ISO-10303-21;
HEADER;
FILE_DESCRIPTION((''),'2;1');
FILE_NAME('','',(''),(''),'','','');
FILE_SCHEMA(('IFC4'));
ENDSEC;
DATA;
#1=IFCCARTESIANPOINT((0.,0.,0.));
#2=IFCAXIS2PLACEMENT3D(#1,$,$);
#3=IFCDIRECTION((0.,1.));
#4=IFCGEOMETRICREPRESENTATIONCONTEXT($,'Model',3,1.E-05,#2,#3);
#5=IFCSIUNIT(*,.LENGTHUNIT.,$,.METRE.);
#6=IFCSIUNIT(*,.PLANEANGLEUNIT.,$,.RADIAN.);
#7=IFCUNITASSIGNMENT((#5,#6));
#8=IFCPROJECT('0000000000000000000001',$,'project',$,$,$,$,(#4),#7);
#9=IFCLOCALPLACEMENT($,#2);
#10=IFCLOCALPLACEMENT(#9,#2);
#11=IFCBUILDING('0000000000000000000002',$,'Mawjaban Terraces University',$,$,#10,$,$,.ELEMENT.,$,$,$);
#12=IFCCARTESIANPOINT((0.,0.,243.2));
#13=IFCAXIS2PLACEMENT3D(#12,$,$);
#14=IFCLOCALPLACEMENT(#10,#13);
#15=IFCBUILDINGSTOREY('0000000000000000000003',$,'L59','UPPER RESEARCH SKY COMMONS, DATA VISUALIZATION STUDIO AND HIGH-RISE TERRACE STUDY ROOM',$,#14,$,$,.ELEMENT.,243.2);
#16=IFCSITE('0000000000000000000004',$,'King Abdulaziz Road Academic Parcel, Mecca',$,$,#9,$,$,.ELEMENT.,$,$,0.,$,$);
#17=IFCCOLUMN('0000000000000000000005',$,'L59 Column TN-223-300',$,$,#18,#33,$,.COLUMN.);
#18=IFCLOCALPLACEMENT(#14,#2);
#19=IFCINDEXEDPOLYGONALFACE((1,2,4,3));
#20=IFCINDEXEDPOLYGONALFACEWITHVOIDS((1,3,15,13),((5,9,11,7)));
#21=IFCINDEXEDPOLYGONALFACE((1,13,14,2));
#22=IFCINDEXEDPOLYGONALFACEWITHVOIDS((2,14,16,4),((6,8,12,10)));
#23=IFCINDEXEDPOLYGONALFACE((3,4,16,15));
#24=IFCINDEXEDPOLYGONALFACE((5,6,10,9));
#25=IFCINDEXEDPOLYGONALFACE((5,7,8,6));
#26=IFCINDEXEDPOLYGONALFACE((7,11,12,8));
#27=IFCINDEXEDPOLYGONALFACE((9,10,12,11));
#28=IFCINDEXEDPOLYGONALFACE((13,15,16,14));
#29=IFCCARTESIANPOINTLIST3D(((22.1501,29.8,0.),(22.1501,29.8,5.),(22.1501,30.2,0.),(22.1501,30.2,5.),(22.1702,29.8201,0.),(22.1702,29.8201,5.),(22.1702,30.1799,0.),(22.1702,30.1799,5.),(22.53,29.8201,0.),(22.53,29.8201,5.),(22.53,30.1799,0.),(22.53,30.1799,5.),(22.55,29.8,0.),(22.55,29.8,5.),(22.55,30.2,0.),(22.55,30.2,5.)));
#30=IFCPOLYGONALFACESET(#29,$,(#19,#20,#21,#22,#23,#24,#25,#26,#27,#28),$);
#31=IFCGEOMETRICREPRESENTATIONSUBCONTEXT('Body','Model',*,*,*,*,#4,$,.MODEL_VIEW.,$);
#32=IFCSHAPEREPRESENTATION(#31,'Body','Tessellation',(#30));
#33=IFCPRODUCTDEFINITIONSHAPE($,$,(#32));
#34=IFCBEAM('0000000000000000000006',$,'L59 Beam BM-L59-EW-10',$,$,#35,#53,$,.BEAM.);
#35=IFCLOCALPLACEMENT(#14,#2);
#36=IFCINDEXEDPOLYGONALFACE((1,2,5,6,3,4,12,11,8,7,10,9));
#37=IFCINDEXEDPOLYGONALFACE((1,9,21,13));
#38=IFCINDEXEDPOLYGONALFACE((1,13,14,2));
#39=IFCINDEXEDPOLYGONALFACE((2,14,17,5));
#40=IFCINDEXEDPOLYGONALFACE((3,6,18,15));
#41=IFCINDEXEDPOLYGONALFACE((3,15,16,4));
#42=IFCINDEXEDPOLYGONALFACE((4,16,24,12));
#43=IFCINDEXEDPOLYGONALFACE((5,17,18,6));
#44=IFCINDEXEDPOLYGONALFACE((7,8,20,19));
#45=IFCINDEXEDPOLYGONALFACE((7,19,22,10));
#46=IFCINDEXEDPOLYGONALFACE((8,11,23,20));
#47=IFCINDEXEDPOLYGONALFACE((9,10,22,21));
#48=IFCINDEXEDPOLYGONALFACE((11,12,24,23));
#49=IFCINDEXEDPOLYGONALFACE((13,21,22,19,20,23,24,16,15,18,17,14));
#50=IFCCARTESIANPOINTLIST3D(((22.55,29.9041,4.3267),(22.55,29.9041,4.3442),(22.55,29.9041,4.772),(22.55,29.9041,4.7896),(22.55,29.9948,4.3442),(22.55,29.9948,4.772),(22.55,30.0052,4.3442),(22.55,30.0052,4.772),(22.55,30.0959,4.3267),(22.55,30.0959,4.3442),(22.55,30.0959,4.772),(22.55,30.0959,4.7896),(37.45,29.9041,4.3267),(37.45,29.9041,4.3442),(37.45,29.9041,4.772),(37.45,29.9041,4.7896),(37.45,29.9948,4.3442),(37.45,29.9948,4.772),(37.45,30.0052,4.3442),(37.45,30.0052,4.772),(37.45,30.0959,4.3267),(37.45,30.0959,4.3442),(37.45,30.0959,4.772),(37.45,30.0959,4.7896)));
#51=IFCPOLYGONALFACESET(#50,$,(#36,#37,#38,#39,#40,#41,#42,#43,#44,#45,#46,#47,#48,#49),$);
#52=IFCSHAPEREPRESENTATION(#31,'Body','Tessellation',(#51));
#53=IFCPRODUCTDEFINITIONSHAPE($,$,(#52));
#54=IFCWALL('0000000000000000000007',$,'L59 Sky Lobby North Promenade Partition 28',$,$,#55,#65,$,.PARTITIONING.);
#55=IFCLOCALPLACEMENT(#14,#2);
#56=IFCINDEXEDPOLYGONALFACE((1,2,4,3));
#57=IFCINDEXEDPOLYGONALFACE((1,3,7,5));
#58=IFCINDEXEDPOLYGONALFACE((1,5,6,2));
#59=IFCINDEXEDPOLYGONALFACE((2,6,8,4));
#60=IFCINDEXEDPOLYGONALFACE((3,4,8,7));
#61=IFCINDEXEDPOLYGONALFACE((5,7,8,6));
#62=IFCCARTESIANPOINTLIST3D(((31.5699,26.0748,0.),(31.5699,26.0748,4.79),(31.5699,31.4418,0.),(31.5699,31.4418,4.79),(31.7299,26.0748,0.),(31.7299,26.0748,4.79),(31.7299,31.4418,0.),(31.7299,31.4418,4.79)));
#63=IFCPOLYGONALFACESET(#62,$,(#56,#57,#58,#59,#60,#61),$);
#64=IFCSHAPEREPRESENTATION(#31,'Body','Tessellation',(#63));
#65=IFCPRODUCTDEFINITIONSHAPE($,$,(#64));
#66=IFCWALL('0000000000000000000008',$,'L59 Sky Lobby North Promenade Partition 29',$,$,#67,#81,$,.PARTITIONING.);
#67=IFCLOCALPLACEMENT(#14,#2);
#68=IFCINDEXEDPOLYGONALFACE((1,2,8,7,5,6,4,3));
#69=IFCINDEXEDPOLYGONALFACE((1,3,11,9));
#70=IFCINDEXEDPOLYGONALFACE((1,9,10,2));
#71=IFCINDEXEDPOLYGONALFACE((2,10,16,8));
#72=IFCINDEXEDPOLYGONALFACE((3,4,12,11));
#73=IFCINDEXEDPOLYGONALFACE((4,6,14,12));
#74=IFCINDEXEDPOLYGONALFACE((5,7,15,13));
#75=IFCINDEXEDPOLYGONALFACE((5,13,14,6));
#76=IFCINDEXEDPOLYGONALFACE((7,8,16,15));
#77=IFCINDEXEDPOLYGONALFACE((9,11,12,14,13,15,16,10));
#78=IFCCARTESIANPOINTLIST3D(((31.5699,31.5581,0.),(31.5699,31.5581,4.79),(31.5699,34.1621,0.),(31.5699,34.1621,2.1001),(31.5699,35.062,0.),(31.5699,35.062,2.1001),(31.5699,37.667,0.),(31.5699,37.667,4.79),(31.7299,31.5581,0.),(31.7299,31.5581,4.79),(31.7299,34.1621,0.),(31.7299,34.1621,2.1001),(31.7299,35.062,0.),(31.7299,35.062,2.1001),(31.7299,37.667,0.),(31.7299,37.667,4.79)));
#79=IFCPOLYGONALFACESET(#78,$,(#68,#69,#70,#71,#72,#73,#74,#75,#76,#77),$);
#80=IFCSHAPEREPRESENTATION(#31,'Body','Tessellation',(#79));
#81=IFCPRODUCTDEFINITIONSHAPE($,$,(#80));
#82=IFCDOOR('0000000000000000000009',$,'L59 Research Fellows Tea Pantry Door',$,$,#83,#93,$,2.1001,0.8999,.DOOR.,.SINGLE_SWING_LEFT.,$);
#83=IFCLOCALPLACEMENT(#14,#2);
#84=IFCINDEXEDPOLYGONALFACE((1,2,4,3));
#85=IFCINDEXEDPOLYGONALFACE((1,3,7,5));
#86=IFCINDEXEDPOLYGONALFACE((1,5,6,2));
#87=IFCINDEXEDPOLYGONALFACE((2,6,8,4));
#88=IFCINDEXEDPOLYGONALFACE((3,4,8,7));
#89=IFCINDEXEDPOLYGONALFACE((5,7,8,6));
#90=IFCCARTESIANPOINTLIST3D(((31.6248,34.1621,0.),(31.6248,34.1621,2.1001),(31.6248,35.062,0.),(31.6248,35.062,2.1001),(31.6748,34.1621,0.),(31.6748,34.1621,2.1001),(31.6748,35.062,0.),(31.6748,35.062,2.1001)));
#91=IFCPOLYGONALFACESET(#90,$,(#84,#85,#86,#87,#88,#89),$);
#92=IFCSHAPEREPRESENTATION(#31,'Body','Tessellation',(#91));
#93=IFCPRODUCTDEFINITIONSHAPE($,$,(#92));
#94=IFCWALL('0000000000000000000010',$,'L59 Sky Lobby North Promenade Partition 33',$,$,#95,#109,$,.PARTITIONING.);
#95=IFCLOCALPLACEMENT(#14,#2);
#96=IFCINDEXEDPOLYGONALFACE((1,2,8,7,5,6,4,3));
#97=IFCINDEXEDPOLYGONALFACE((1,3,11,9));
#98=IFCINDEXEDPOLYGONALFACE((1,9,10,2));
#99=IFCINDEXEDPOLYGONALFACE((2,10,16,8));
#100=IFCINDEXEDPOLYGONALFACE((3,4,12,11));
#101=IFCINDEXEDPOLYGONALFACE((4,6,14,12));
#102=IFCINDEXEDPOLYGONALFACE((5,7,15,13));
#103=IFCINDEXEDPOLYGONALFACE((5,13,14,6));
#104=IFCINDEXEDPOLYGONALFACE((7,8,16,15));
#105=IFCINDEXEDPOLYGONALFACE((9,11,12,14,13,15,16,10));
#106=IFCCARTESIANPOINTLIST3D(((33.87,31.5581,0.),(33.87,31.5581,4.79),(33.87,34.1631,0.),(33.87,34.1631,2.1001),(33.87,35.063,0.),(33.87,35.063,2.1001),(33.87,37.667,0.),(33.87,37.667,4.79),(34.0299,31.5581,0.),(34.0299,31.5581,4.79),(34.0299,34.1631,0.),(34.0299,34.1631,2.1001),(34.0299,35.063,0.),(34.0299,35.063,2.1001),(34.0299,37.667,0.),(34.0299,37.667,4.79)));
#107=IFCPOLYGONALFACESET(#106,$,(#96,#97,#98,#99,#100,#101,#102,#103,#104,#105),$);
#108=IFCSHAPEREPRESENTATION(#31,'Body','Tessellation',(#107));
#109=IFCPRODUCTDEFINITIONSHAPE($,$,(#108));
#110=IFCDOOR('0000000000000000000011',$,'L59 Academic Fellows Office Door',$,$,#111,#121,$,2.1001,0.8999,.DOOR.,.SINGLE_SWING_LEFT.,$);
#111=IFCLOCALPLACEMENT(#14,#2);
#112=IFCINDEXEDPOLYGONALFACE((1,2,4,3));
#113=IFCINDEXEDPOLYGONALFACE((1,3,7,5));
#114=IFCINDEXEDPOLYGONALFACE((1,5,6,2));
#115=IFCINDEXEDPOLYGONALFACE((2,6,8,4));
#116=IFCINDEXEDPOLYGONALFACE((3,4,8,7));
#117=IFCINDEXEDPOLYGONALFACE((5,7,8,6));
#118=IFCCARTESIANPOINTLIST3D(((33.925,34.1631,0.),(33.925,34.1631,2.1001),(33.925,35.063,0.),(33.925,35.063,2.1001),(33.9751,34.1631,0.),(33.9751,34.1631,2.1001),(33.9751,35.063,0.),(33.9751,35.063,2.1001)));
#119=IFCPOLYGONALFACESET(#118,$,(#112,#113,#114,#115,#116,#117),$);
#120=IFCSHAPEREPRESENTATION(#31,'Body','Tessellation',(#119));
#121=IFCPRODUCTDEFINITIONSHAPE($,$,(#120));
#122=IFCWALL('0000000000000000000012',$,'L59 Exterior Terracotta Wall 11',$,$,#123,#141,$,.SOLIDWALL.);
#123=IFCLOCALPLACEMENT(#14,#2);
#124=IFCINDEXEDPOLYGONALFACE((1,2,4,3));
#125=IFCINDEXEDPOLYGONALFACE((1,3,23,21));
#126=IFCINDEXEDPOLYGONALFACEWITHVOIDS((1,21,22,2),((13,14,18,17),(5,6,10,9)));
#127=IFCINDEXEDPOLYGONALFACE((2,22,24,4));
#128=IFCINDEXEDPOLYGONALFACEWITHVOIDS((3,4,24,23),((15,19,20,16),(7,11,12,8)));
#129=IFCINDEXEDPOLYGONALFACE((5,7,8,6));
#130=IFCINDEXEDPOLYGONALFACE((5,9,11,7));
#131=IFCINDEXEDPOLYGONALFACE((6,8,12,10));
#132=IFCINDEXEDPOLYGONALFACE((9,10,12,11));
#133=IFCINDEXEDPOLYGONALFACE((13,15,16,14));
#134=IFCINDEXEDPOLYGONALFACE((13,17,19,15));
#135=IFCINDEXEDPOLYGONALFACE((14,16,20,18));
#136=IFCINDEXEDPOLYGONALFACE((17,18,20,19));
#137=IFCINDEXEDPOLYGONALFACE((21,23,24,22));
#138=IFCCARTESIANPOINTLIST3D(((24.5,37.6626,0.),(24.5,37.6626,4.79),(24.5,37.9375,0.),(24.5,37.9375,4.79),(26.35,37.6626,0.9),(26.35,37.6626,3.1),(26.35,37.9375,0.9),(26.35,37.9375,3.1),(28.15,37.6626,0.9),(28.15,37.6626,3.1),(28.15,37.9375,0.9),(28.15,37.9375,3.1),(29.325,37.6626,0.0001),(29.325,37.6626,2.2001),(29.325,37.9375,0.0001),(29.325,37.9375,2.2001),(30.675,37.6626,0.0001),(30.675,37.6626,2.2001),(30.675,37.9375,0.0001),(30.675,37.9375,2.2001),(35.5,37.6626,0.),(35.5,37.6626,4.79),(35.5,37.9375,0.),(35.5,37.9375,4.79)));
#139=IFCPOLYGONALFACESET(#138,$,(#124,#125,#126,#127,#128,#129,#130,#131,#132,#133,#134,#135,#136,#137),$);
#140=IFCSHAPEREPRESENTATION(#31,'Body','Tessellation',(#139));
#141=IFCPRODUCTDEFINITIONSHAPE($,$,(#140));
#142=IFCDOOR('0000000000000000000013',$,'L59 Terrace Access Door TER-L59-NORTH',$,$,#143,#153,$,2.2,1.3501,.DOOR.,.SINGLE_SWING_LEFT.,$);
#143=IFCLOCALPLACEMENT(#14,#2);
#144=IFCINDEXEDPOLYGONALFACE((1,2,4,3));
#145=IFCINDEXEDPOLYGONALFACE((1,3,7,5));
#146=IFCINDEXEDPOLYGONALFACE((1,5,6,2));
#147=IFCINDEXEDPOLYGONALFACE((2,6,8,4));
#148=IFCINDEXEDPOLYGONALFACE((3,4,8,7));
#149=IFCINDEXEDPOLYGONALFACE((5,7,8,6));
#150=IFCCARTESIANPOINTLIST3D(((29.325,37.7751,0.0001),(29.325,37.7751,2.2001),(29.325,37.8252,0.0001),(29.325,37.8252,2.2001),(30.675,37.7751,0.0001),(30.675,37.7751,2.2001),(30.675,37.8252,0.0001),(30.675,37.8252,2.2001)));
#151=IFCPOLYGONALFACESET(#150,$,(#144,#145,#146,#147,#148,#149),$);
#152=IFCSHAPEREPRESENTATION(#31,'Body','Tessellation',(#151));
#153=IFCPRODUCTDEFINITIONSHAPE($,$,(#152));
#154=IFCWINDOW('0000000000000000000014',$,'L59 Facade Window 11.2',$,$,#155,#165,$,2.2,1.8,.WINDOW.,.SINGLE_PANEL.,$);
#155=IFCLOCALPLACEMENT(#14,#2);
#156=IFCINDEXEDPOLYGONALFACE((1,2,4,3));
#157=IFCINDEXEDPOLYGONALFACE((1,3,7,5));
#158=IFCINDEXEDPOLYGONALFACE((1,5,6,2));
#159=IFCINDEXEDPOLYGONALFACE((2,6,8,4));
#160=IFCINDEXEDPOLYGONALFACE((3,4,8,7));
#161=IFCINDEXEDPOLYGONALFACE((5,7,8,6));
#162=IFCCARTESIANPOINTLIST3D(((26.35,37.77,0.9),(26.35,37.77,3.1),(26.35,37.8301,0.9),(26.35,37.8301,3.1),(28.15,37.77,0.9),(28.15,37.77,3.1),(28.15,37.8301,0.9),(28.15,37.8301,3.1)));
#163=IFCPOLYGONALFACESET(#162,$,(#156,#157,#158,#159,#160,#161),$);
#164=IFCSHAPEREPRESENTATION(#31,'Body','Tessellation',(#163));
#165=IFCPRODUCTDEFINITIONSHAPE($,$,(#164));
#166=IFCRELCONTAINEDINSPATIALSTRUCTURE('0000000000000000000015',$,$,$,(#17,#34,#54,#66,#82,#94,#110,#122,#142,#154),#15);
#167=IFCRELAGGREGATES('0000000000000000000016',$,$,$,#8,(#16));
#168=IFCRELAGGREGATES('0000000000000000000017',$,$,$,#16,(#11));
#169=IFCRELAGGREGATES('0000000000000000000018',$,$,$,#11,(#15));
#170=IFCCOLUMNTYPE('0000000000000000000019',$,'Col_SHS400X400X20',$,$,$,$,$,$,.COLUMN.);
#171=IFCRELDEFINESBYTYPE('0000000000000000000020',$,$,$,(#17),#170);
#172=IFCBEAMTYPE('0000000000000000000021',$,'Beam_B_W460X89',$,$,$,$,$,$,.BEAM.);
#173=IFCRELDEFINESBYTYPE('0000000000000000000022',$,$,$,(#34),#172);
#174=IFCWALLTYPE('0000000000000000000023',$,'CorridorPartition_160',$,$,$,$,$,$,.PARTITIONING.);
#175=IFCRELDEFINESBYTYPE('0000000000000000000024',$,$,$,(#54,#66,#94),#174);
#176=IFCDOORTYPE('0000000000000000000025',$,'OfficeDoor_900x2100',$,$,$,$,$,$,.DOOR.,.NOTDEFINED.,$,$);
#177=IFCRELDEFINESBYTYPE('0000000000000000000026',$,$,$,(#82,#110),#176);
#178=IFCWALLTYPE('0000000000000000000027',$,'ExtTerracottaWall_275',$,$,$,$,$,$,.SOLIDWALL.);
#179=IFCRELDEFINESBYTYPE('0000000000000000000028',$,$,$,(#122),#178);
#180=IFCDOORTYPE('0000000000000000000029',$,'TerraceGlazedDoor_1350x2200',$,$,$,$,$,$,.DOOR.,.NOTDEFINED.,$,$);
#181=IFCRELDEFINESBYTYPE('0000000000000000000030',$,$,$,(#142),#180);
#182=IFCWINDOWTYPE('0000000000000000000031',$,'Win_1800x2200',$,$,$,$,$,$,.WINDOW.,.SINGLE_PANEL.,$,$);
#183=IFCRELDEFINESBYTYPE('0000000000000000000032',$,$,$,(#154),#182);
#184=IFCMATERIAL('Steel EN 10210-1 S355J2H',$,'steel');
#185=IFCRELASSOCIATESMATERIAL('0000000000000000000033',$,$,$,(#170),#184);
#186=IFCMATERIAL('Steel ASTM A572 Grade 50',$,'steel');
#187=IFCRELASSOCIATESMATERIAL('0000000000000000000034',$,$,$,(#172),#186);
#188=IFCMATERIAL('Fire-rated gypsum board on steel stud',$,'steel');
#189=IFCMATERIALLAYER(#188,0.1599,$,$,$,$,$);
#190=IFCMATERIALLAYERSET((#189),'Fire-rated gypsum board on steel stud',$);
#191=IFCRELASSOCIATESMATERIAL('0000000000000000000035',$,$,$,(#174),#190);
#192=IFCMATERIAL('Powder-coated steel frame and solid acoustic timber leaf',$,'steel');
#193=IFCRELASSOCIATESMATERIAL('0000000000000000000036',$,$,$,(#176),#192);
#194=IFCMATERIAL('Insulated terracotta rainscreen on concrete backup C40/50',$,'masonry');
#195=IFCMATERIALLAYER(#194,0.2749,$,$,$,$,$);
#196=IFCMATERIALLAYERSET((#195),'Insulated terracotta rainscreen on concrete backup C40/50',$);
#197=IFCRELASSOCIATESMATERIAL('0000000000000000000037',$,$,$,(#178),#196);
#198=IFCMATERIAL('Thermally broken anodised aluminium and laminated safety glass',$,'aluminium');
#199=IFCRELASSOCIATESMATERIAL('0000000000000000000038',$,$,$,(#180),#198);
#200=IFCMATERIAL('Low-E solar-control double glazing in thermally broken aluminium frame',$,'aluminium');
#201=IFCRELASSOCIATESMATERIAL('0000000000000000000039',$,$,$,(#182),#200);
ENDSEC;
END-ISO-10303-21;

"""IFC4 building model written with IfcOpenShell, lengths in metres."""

from ifc_helpers import new_model, si_unit, direction, frame, frame_2d, origin, origin_2d, place, context, subcontext, project, spatial, rectangle, hollow_rectangle, i_section, extrude, material, layer, layer_set, material_profile, profile_set, type_object, element, fill, save


model = new_model("IFC4")

# Units and contexts
model_context = context("Model", 3, precision=1e-05, world=origin(), true_north=direction((0.0, 1.0)))
body_context = subcontext(model_context, "Body", "Model", "MODEL_VIEW")
ifc_project = project(units=[si_unit("LENGTHUNIT", "METRE"), si_unit("PLANEANGLEUNIT", "RADIAN")], contexts=[model_context])

# Site, building, storey
site_placement = place(None, origin())
site = spatial("IfcSite", under=ifc_project, at=site_placement, Name="King Abdulaziz Road Academic Parcel, Mecca", CompositionType="ELEMENT", RefElevation=0.0)
building_placement = place(site_placement, origin())
building = spatial("IfcBuilding", under=site, at=building_placement, Name="Mawjaban Terraces University", CompositionType="ELEMENT")
storey_placement = place(building_placement, frame((0.0, 0.0, 243.2)))
storey = spatial("IfcBuildingStorey", under=building, at=storey_placement, Name="L59", Description="UPPER RESEARCH SKY COMMONS, DATA VISUALIZATION STUDIO AND HIGH-RISE TERRACE STUDY ROOM", CompositionType="ELEMENT", Elevation=243.2)

# Column
ifc_material_1 = material(Name="Steel EN 10210-1 S355J2H", Category="steel")
ifc_material_profile_1 = material_profile(ifc_material_1, hollow_rectangle(XDim=0.3999, YDim=0.3999, WallThickness=0.02, at=origin_2d()), Name="SHS400X400X20")
ifc_profile_set_1 = profile_set([ifc_material_profile_1], Name="Steel EN 10210-1 S355J2H")
column_type = type_object("IfcColumnType", Name="Col_SHS400X400X20", PredefinedType="COLUMN", material=ifc_profile_set_1)
column_placement = place(storey_placement, frame((22.3501, 30.0, 0.0), z_axis=(0.0, 0.0, 1.0), x_axis=(1.0, 0.0, 0.0)))
element("IfcColumn", 1, at=column_placement, inside=storey, type_object=column_type, Name="L59 Column TN-223-300", PredefinedType="COLUMN", context=body_context, shape_type="SweptSolid", body=[
    extrude(hollow_rectangle(XDim=0.3999, YDim=0.3999, WallThickness=0.02, at=origin_2d()), origin(), (0.0, 0.0, 1.0), 5.0),
])

# Beam
ifc_material_2 = material(Name="Steel ASTM A572 Grade 50", Category="steel")
ifc_material_profile_2 = material_profile(ifc_material_2, i_section(OverallWidth=0.1919, OverallDepth=0.4629, WebThickness=0.0105, FlangeThickness=0.0176, at=origin_2d()), Name="W460X89")
ifc_profile_set_2 = profile_set([ifc_material_profile_2], Name="Steel ASTM A572 Grade 50")
beam_type = type_object("IfcBeamType", Name="Beam_B_W460X89", PredefinedType="BEAM", material=ifc_profile_set_2)
beam_placement = place(storey_placement, frame((22.55, 30.0, 4.5581), z_axis=(1.0, 0.0, 0.0), x_axis=(0.0, 1.0, 0.0)))
element("IfcBeam", 2, at=beam_placement, inside=storey, type_object=beam_type, Name="L59 Beam BM-L59-EW-10", PredefinedType="BEAM", context=body_context, shape_type="SweptSolid", body=[
    extrude(i_section(OverallWidth=0.1919, OverallDepth=0.4629, WebThickness=0.0105, FlangeThickness=0.0176, at=origin_2d()), origin(), (0.0, 0.0, 1.0), 14.8999),
])

# Wall
ifc_material_3 = material(Name="Fire-rated gypsum board on steel stud", Category="steel")
ifc_layer_1 = layer(ifc_material_3, 0.1599)
ifc_layer_set_1 = layer_set([ifc_layer_1], Name="Fire-rated gypsum board on steel stud")
wall_type_1 = type_object("IfcWallType", Name="CorridorPartition_160", PredefinedType="PARTITIONING", material=ifc_layer_set_1)
wall_1_placement = place(storey_placement, frame((31.6499, 31.4419, 0.0), z_axis=(0.0, 0.0, 1.0), x_axis=(0.0, -1.0, 0.0)))
element("IfcWall", 3, at=wall_1_placement, inside=storey, type_object=wall_type_1, Name="L59 Sky Lobby North Promenade Partition 28", PredefinedType="PARTITIONING", context=body_context, shape_type="SweptSolid", body=[
    extrude(rectangle(XDim=5.3669, YDim=0.1599, at=frame_2d((2.6836, 0.0))), origin(), (0.0, 0.0, 1.0), 4.79),
])

# Walls, openings, doors
wall_2_placement = place(storey_placement, frame((31.6499, 37.667, 0.0), z_axis=(0.0, 0.0, 1.0), x_axis=(0.0, -1.0, 0.0)))
wall_2 = element("IfcWall", 4, at=wall_2_placement, inside=storey, type_object=wall_type_1, Name="L59 Sky Lobby North Promenade Partition 29", PredefinedType="PARTITIONING", context=body_context, shape_type="SweptSolid", body=[
    extrude(rectangle(XDim=6.1089, YDim=0.1599, at=frame_2d((3.0544, 0.0))), origin(), (0.0, 0.0, 1.0), 4.79),
])
opening_1_placement = place(wall_2_placement, frame((2.605, 0.0, 0.0)))
opening_1 = element("IfcOpeningElement", 5, at=opening_1_placement, cuts=wall_2, PredefinedType="OPENING", context=body_context, shape_type="SweptSolid", body=[
    extrude(rectangle(XDim=0.8999, YDim=2.1001, at=frame_2d((0.45, 1.05))), frame((0.0, 0.0898, 0.0), z_axis=(0.0, -1.0, 0.0), x_axis=(1.0, 0.0, 0.0)), (0.0, 0.0, 1.0), 0.1799),
])
ifc_material_4 = material(Name="Powder-coated steel frame and solid acoustic timber leaf", Category="steel")
door_type_1 = type_object("IfcDoorType", Name="OfficeDoor_900x2100", OperationType="NOTDEFINED", PredefinedType="DOOR", material=ifc_material_4)
door_1_placement = place(opening_1_placement, origin())
door_1 = element("IfcDoor", 6, at=door_1_placement, inside=storey, type_object=door_type_1, Name="L59 Research Fellows Tea Pantry Door", OperationType="SINGLE_SWING_LEFT", OverallHeight=2.1001, OverallWidth=0.8999, PredefinedType="DOOR", context=body_context, shape_type="SweptSolid", body=[
    extrude(rectangle(XDim=0.8999, YDim=2.1001, at=frame_2d((0.45, 1.05))), frame((0.0, 0.0249, 0.0), z_axis=(0.0, -1.0, 0.0), x_axis=(1.0, 0.0, 0.0)), (0.0, 0.0, 1.0), 0.05),
])
fill(opening_1, door_1)
wall_3_placement = place(storey_placement, frame((33.95, 31.5581, 0.0), z_axis=(0.0, 0.0, 1.0), x_axis=(0.0, 1.0, 0.0)))
wall_3 = element("IfcWall", 7, at=wall_3_placement, inside=storey, type_object=wall_type_1, Name="L59 Sky Lobby North Promenade Partition 33", PredefinedType="PARTITIONING", context=body_context, shape_type="SweptSolid", body=[
    extrude(rectangle(XDim=6.1089, YDim=0.1599, at=frame_2d((3.0544, 0.0))), origin(), (0.0, 0.0, 1.0), 4.79),
])
opening_2_placement = place(wall_3_placement, frame((2.605, 0.0, 0.0)))
opening_2 = element("IfcOpeningElement", 8, at=opening_2_placement, cuts=wall_3, PredefinedType="OPENING", context=body_context, shape_type="SweptSolid", body=[
    extrude(rectangle(XDim=0.8999, YDim=2.1001, at=frame_2d((0.45, 1.05))), frame((0.0, 0.0898, 0.0), z_axis=(0.0, -1.0, 0.0), x_axis=(1.0, 0.0, 0.0)), (0.0, 0.0, 1.0), 0.1799),
])
door_2_placement = place(opening_2_placement, origin())
door_2 = element("IfcDoor", 9, at=door_2_placement, inside=storey, type_object=door_type_1, Name="L59 Academic Fellows Office Door", OperationType="SINGLE_SWING_LEFT", OverallHeight=2.1001, OverallWidth=0.8999, PredefinedType="DOOR", context=body_context, shape_type="SweptSolid", body=[
    extrude(rectangle(XDim=0.8999, YDim=2.1001, at=frame_2d((0.45, 1.05))), frame((0.0, 0.0249, 0.0), z_axis=(0.0, -1.0, 0.0), x_axis=(1.0, 0.0, 0.0)), (0.0, 0.0, 1.0), 0.05),
])
fill(opening_2, door_2)

# Wall, openings, door, window
ifc_material_5 = material(Name="Insulated terracotta rainscreen on concrete backup C40/50", Category="masonry")
ifc_layer_2 = layer(ifc_material_5, 0.2749)
ifc_layer_set_2 = layer_set([ifc_layer_2], Name="Insulated terracotta rainscreen on concrete backup C40/50")
wall_type_2 = type_object("IfcWallType", Name="ExtTerracottaWall_275", PredefinedType="SOLIDWALL", material=ifc_layer_set_2)
wall_4_placement = place(storey_placement, frame((35.5, 37.8, 0.0), z_axis=(0.0, 0.0, 1.0), x_axis=(-1.0, 0.0, 0.0)))
wall_4 = element("IfcWall", 10, at=wall_4_placement, inside=storey, type_object=wall_type_2, Name="L59 Exterior Terracotta Wall 11", PredefinedType="SOLIDWALL", context=body_context, shape_type="SweptSolid", body=[
    extrude(rectangle(XDim=11.0, YDim=0.2749, at=frame_2d((5.5, 0.0))), origin(), (0.0, 0.0, 1.0), 4.79),
])
opening_3_placement = place(wall_4_placement, frame((4.825, 0.0, 0.0)))
opening_3 = element("IfcOpeningElement", 11, at=opening_3_placement, cuts=wall_4, PredefinedType="OPENING", context=body_context, shape_type="SweptSolid", body=[
    extrude(rectangle(XDim=1.3501, YDim=2.2, at=frame_2d((0.675, 1.1001))), frame((0.0, 0.1475, 0.0), z_axis=(0.0, -1.0, 0.0), x_axis=(1.0, 0.0, 0.0)), (0.0, 0.0, 1.0), 0.2949),
])
opening_4_placement = place(wall_4_placement, frame((7.3501, 0.0, 0.8999)))
opening_4 = element("IfcOpeningElement", 12, at=opening_4_placement, cuts=wall_4, PredefinedType="OPENING", context=body_context, shape_type="SweptSolid", body=[
    extrude(rectangle(XDim=1.8, YDim=2.2, at=frame_2d((0.8999, 1.1001))), frame((0.0, 0.1475, 0.0), z_axis=(0.0, -1.0, 0.0), x_axis=(1.0, 0.0, 0.0)), (0.0, 0.0, 1.0), 0.2949),
])
ifc_material_6 = material(Name="Thermally broken anodised aluminium and laminated safety glass", Category="aluminium")
door_type_2 = type_object("IfcDoorType", Name="TerraceGlazedDoor_1350x2200", OperationType="NOTDEFINED", PredefinedType="DOOR", material=ifc_material_6)
door_3_placement = place(opening_3_placement, origin())
door_3 = element("IfcDoor", 13, at=door_3_placement, inside=storey, type_object=door_type_2, Name="L59 Terrace Access Door TER-L59-NORTH", OperationType="SINGLE_SWING_LEFT", OverallHeight=2.2, OverallWidth=1.3501, PredefinedType="DOOR", context=body_context, shape_type="SweptSolid", body=[
    extrude(rectangle(XDim=1.3501, YDim=2.2, at=frame_2d((0.675, 1.1001))), frame((0.0, 0.0249, 0.0), z_axis=(0.0, -1.0, 0.0), x_axis=(1.0, 0.0, 0.0)), (0.0, 0.0, 1.0), 0.05),
])
fill(opening_3, door_3)
ifc_material_7 = material(Name="Low-E solar-control double glazing in thermally broken aluminium frame", Category="aluminium")
window_type_1 = type_object("IfcWindowType", Name="Win_1800x2200", PartitioningType="SINGLE_PANEL", PredefinedType="WINDOW", material=ifc_material_7)
window_1_placement = place(opening_4_placement, origin())
window_1 = element("IfcWindow", 14, at=window_1_placement, inside=storey, type_object=window_type_1, Name="L59 Facade Window 11.2", OverallHeight=2.2, OverallWidth=1.8, PartitioningType="SINGLE_PANEL", PredefinedType="WINDOW", context=body_context, shape_type="SweptSolid", body=[
    extrude(rectangle(XDim=1.8, YDim=2.2, at=frame_2d((0.8999, 1.1001))), frame((0.0, 0.03, 0.0), z_axis=(0.0, -1.0, 0.0), x_axis=(1.0, 0.0, 0.0)), (0.0, 0.0, 1.0), 0.0601),
])
fill(opening_4, window_1)

save(model, "model.ifc")
